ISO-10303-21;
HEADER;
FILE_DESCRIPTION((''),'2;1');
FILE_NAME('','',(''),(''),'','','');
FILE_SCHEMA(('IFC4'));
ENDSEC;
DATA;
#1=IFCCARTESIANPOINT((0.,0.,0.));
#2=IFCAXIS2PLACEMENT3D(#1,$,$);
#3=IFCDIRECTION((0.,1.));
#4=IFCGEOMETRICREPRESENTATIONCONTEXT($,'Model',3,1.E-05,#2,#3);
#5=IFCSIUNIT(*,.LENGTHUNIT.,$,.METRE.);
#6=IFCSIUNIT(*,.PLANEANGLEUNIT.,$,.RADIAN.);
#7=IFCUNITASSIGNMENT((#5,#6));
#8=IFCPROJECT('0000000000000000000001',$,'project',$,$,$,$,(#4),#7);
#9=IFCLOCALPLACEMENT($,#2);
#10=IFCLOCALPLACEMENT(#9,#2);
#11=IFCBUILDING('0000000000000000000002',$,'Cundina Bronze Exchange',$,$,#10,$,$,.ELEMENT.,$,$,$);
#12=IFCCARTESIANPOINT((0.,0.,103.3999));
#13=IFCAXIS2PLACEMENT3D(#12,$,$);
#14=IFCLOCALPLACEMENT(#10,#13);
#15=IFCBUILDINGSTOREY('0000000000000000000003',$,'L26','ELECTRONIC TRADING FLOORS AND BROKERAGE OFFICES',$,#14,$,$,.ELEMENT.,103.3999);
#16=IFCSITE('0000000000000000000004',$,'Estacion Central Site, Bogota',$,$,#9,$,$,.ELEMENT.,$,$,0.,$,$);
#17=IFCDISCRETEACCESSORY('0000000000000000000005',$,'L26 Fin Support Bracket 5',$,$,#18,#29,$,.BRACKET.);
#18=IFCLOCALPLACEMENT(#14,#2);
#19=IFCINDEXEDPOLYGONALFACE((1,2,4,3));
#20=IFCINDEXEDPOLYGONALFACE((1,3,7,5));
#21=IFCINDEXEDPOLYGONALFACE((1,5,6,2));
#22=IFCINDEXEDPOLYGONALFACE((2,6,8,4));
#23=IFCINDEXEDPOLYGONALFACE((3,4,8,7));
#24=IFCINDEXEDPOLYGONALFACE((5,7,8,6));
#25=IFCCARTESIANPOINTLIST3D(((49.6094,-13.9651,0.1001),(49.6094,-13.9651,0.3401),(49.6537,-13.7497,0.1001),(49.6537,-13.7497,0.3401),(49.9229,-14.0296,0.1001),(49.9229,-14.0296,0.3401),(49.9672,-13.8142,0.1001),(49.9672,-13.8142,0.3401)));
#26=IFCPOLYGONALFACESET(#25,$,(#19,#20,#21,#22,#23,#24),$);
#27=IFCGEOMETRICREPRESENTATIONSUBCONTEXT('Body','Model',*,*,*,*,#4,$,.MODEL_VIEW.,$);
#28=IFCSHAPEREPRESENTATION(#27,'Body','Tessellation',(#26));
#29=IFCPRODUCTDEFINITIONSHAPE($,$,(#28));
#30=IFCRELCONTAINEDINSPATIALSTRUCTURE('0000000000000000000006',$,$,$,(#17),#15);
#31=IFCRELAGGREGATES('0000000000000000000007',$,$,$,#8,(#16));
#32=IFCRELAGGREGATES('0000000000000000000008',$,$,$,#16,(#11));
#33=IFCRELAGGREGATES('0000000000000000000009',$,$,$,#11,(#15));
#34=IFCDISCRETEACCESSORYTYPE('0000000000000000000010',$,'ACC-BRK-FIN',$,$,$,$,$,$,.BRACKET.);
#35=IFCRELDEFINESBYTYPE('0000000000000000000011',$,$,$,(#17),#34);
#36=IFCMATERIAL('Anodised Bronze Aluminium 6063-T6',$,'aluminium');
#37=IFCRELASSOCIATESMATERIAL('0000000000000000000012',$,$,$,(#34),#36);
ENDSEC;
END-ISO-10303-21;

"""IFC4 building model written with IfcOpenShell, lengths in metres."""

from ifc_helpers import new_model, si_unit, direction, frame, origin, origin_2d, place, context, subcontext, project, spatial, rectangle, extrude, material, type_object, element, save


model = new_model("IFC4")

# Units and contexts
model_context = context("Model", 3, precision=1e-05, world=origin(), true_north=direction((0.0, 1.0)))
body_context = subcontext(model_context, "Body", "Model", "MODEL_VIEW")
ifc_project = project(units=[si_unit("LENGTHUNIT", "METRE"), si_unit("PLANEANGLEUNIT", "RADIAN")], contexts=[model_context])

# Site, building, storey
site_placement = place(None, origin())
site = spatial("IfcSite", under=ifc_project, at=site_placement, Name="Estacion Central Site, Bogota", CompositionType="ELEMENT", RefElevation=0.0)
building_placement = place(site_placement, origin())
building = spatial("IfcBuilding", under=site, at=building_placement, Name="Cundina Bronze Exchange", CompositionType="ELEMENT")
storey_placement = place(building_placement, frame((0.0, 0.0, 103.3999)))
storey = spatial("IfcBuildingStorey", under=building, at=storey_placement, Name="L26", Description="ELECTRONIC TRADING FLOORS AND BROKERAGE OFFICES", CompositionType="ELEMENT", Elevation=103.3999)

# Shared definitions
ifc_material_1 = material(Name="Anodised Bronze Aluminium 6063-T6", Category="aluminium")

# Discrete accessory
discrete_accessory_type = type_object("IfcDiscreteAccessoryType", Name="ACC-BRK-FIN", PredefinedType="BRACKET", material=ifc_material_1)
for number, where, z_axis, x_axis, name in (
    (1, (49.7883, -13.8896, 0.1001), (0.0, 0.0, 1.0), (0.20142, 0.979505, 0.0), "L26 Fin Support Bracket 5"),
):
    element("IfcDiscreteAccessory", number, at=place(storey_placement, frame(where, z_axis=z_axis, x_axis=x_axis)), inside=storey, type_object=discrete_accessory_type, Name=name, PredefinedType="BRACKET", context=body_context, shape_type="SweptSolid", body=[
        extrude(rectangle(XDim=0.22, YDim=0.3201, at=origin_2d()), origin(), (0.0, 0.0, 1.0), 0.24),
    ])

save(model, "model.ifc")
